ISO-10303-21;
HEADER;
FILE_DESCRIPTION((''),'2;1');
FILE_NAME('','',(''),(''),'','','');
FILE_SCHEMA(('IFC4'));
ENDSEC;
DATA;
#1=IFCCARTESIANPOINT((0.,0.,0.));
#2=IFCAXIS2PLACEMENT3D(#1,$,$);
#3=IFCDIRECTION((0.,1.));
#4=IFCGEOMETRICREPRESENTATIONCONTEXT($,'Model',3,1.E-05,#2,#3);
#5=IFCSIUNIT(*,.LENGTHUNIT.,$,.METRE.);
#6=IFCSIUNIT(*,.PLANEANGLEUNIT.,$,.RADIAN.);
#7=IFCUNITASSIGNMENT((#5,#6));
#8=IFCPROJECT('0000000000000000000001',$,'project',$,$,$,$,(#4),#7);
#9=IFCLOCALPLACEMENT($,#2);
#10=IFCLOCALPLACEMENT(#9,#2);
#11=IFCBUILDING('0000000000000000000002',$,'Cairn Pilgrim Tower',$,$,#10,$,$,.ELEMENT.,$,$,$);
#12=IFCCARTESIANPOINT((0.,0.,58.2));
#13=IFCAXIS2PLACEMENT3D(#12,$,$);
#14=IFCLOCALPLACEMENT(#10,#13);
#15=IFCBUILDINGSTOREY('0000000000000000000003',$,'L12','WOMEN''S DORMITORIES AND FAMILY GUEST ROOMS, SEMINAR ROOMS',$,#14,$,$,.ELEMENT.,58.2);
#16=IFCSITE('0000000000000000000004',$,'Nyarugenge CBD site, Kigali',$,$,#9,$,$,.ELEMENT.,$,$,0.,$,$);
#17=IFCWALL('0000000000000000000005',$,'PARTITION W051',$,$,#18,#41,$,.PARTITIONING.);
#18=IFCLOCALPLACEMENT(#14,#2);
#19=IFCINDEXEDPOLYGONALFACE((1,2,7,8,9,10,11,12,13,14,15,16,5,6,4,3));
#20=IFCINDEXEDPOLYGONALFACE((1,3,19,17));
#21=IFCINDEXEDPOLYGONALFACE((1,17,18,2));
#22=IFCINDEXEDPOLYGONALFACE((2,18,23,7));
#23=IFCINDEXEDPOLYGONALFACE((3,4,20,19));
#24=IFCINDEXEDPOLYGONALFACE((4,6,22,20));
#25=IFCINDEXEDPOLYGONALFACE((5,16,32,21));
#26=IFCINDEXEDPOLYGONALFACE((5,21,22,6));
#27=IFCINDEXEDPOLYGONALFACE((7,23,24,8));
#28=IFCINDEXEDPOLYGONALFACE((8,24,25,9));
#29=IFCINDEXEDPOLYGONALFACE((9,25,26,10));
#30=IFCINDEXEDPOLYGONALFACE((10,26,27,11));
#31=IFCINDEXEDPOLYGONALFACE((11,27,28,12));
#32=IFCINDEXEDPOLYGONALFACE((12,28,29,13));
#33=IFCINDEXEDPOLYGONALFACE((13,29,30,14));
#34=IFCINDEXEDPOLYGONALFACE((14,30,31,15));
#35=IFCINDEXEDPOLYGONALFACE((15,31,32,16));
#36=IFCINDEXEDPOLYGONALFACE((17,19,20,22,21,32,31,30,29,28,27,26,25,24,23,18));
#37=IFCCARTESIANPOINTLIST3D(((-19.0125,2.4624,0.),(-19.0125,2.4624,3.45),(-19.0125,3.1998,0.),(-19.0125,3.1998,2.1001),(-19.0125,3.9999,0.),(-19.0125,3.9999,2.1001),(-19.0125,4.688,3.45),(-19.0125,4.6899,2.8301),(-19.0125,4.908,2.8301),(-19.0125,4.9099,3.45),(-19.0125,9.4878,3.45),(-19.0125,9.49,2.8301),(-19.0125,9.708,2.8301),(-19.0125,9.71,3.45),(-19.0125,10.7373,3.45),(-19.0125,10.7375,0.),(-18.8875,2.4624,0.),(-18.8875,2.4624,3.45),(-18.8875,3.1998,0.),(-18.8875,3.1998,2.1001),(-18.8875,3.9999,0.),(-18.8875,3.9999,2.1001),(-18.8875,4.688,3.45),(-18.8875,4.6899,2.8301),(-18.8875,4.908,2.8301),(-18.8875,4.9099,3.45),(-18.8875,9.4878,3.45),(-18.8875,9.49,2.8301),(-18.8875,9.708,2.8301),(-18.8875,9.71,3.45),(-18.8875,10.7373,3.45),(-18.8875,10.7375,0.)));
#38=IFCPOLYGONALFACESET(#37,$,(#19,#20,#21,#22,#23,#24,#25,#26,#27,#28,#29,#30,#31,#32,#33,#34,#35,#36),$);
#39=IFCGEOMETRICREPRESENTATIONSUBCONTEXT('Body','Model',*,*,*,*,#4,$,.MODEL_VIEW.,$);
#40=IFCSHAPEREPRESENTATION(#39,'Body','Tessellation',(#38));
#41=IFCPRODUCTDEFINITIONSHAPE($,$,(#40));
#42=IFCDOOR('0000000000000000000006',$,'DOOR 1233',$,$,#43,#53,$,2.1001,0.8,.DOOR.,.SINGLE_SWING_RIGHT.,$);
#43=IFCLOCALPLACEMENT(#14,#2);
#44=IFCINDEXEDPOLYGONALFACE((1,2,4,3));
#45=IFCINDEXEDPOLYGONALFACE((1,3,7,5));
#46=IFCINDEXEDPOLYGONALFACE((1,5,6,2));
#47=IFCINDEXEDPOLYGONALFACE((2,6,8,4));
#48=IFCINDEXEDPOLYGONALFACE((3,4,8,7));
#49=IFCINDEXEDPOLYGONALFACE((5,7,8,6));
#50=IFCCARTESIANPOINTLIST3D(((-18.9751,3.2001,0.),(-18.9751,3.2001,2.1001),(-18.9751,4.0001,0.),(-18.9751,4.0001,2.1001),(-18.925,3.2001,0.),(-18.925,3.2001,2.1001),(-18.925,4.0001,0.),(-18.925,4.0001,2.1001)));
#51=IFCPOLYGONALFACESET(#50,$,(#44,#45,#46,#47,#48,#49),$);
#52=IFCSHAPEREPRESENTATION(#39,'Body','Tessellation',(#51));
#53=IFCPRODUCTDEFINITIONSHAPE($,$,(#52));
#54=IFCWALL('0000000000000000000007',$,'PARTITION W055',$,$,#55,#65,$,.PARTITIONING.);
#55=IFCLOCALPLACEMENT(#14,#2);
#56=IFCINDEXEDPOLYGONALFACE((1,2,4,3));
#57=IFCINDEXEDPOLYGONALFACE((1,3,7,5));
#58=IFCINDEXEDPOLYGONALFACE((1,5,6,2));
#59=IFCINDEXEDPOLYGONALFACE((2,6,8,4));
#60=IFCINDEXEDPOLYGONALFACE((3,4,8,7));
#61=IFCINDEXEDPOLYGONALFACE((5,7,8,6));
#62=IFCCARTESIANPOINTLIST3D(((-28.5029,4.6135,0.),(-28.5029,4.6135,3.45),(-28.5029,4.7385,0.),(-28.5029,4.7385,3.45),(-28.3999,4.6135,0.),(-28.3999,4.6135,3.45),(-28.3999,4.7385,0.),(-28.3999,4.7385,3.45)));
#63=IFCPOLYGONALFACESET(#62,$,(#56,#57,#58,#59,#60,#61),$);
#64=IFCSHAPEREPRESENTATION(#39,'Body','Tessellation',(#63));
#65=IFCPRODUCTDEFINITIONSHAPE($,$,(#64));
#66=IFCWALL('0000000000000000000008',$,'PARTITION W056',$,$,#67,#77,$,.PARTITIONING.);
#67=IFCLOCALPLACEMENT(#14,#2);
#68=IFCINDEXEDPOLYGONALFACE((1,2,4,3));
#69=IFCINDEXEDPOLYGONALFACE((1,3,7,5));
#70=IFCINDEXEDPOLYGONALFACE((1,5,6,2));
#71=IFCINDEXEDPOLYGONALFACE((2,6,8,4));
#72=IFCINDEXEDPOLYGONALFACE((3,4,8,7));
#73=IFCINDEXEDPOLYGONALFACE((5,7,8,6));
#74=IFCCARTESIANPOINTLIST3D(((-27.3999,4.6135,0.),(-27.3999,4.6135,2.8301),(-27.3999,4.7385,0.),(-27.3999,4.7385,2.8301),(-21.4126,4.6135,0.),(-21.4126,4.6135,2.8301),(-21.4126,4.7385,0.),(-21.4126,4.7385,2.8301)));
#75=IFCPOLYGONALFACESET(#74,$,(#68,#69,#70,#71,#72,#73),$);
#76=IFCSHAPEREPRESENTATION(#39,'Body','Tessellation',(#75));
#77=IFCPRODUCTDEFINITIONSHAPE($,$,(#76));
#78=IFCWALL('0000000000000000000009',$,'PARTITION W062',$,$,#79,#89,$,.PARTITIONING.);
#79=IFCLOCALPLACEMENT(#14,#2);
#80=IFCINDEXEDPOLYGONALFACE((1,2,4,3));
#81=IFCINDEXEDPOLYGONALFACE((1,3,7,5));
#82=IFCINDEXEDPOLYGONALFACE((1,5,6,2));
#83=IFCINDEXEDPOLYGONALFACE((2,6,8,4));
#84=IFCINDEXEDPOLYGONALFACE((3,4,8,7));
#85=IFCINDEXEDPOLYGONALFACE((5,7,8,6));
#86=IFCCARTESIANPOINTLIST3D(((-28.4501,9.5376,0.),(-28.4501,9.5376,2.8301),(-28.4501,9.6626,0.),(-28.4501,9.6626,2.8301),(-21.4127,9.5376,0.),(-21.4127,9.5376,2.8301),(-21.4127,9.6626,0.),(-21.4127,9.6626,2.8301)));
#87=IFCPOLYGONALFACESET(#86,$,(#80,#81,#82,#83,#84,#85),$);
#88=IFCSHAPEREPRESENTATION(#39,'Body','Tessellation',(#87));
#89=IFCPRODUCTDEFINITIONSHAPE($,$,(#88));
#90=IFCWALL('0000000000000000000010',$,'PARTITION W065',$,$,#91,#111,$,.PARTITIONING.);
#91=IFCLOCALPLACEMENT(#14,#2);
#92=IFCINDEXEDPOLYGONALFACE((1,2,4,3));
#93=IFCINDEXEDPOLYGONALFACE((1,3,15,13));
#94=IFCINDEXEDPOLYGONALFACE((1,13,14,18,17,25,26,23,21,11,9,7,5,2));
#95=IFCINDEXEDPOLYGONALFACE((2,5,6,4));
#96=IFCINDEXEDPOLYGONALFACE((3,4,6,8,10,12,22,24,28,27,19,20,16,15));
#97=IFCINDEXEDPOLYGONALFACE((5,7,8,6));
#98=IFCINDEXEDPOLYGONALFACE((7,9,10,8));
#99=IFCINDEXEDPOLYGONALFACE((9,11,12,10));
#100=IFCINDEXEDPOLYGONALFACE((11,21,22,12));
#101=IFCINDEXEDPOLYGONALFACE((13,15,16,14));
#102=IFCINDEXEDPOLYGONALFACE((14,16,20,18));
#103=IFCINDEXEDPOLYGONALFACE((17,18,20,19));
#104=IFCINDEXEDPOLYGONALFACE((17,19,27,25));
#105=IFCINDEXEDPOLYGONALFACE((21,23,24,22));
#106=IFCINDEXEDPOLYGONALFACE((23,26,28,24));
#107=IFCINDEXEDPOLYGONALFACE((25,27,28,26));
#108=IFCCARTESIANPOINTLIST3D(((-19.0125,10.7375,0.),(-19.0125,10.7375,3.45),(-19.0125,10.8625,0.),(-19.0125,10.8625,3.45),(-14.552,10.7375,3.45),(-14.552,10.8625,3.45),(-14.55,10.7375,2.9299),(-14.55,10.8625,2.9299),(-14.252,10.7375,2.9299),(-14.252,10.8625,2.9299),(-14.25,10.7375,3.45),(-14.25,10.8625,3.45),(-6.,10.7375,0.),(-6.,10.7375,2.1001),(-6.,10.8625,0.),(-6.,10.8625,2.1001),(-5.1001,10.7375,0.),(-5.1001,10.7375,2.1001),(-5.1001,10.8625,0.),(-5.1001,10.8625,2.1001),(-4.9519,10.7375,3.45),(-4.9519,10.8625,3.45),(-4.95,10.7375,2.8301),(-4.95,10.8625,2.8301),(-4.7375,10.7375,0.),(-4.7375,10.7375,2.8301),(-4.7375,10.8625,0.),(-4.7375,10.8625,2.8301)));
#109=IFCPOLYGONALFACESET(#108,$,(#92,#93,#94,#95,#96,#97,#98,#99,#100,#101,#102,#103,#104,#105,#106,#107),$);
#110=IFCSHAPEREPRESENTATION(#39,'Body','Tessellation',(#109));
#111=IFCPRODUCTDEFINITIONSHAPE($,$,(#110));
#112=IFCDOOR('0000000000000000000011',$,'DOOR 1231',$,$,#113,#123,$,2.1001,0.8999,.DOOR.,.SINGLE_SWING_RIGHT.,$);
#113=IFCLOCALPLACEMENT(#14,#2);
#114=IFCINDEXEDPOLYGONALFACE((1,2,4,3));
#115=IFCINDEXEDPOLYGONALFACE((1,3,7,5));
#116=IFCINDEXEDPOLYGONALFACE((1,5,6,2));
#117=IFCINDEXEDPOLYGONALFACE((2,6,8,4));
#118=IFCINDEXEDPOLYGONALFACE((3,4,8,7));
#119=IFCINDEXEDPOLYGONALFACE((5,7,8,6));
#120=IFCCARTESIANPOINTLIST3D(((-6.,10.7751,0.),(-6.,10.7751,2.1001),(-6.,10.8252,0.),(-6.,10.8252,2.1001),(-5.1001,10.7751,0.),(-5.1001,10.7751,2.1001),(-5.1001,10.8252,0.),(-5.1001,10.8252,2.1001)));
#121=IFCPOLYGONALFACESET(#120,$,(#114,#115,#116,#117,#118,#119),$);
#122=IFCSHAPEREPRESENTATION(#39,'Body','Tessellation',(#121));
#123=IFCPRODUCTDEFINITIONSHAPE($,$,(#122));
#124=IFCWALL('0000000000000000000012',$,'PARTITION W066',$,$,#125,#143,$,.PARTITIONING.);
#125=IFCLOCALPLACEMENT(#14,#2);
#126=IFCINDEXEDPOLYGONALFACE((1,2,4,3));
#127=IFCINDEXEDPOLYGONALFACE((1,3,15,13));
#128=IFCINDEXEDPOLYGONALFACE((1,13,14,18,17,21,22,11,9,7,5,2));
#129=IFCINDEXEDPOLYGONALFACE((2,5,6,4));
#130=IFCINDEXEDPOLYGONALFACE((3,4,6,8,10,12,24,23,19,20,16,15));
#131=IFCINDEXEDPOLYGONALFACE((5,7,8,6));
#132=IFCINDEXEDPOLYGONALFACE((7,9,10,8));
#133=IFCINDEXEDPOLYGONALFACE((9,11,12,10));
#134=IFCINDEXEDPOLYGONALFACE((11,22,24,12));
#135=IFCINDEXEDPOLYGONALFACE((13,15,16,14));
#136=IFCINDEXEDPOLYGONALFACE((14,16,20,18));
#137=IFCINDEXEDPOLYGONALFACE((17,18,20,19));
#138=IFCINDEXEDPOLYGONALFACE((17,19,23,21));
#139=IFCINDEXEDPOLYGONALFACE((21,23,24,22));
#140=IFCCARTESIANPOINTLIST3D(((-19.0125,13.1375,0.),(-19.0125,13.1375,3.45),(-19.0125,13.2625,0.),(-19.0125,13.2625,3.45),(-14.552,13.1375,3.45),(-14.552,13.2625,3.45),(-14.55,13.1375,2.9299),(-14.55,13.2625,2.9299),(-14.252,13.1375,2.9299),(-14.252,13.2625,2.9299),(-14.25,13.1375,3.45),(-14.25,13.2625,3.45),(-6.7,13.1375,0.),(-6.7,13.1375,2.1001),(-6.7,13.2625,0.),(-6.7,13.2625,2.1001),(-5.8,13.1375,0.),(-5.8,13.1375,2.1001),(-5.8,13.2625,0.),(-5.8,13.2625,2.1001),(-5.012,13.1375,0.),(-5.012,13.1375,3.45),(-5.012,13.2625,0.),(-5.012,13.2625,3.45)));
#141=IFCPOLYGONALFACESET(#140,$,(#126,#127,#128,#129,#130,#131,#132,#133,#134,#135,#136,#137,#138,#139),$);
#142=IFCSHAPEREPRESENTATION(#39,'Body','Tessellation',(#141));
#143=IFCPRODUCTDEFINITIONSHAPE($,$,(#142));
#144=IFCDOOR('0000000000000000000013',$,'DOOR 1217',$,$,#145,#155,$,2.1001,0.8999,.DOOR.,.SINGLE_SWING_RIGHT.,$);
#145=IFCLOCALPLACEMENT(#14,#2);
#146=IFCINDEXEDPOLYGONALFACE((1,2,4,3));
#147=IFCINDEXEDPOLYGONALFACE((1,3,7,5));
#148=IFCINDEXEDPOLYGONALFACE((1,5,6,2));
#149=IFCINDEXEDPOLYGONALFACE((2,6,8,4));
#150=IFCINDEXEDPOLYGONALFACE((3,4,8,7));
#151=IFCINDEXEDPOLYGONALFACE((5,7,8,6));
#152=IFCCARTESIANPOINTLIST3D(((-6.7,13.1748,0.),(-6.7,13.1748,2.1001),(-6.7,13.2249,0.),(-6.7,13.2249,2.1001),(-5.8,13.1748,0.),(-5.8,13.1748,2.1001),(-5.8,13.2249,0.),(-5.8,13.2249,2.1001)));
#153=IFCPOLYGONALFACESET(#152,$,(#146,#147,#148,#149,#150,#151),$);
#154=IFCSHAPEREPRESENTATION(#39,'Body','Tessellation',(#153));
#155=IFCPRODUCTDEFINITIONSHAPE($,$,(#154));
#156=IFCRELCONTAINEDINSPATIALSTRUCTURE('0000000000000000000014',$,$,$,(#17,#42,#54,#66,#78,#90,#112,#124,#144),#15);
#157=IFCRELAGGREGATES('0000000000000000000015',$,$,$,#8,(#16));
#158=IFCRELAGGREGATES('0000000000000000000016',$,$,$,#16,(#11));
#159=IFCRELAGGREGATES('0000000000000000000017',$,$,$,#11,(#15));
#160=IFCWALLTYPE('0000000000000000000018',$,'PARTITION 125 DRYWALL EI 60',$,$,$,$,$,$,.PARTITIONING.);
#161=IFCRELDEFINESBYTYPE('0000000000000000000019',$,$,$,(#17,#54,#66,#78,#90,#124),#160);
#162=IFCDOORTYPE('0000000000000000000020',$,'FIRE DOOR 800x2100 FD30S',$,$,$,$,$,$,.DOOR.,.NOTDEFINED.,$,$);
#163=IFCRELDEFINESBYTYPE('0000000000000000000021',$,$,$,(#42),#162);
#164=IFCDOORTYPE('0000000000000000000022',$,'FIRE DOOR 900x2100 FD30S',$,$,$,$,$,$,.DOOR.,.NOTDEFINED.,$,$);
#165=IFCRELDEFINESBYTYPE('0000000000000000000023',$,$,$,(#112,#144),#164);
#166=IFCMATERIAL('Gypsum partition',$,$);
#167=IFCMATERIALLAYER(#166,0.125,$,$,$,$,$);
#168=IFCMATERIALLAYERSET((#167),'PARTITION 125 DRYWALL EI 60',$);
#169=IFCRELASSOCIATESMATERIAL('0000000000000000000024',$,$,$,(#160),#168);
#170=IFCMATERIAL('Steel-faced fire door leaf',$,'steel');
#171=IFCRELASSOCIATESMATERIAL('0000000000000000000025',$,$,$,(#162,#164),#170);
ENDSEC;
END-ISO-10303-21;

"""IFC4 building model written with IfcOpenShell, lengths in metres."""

from ifc_helpers import new_model, si_unit, direction, frame, frame_2d, origin, place, context, subcontext, project, spatial, polyline, rectangle, outline, extrude, material, layer, layer_set, type_object, element, fill, save


model = new_model("IFC4")

# Units and contexts
model_context = context("Model", 3, precision=1e-05, world=origin(), true_north=direction((0.0, 1.0)))
body_context = subcontext(model_context, "Body", "Model", "MODEL_VIEW")
ifc_project = project(units=[si_unit("LENGTHUNIT", "METRE"), si_unit("PLANEANGLEUNIT", "RADIAN")], contexts=[model_context])

# Site, building, storey
site_placement = place(None, origin())
site = spatial("IfcSite", under=ifc_project, at=site_placement, Name="Nyarugenge CBD site, Kigali", CompositionType="ELEMENT", RefElevation=0.0)
building_placement = place(site_placement, origin())
building = spatial("IfcBuilding", under=site, at=building_placement, Name="Cairn Pilgrim Tower", CompositionType="ELEMENT")
storey_placement = place(building_placement, frame((0.0, 0.0, 58.2)))
storey = spatial("IfcBuildingStorey", under=building, at=storey_placement, Name="L12", Description="WOMEN'S DORMITORIES AND FAMILY GUEST ROOMS, SEMINAR ROOMS", CompositionType="ELEMENT", Elevation=58.2)

# Shared definitions
ifc_material_1 = material(Name="Gypsum partition")
ifc_layer_1 = layer(ifc_material_1, 0.125)
ifc_layer_set_1 = layer_set([ifc_layer_1], Name="PARTITION 125 DRYWALL EI 60")
wall_type_1 = type_object("IfcWallType", Name="PARTITION 125 DRYWALL EI 60", PredefinedType="PARTITIONING", material=ifc_layer_set_1)

# Wall, opening, door
ifc_material_2 = material(Name="Steel-faced fire door leaf", Category="steel")
door_type_1 = type_object("IfcDoorType", Name="FIRE DOOR 800x2100 FD30S", OperationType="NOTDEFINED", PredefinedType="DOOR", material=ifc_material_2)
wall_1_placement = place(storey_placement, frame((-18.95, 2.4624, 0.0), z_axis=(0.0, 0.0, 1.0), x_axis=(0.0, 1.0, 0.0)))
wall_1 = element("IfcWall", 1, at=wall_1_placement, inside=storey, type_object=wall_type_1, Name="PARTITION W051", PredefinedType="PARTITIONING", context=body_context, shape_type="SweptSolid", body=[
    extrude(outline(polyline([(0.0, 0.0), (8.2751, 0.0), (8.2749, 3.45), (7.2476, 3.45), (7.2456, 2.8301), (7.0276, 2.8301), (7.0254, 3.45), (2.4475, 3.45), (2.4456, 2.8301), (2.2275, 2.8301), (2.2256, 3.45), (0.0, 3.45), (0.0, 0.0)])), frame((0.0, 0.0625, 0.0), z_axis=(0.0, -1.0, 0.0), x_axis=(1.0, 0.0, 0.0)), (0.0, 0.0, 1.0), 0.125),
])
opening_1_placement = place(wall_1_placement, frame((0.7375, 0.0, 0.0)))
opening_1 = element("IfcOpeningElement", 2, at=opening_1_placement, cuts=wall_1, PredefinedType="OPENING", context=body_context, shape_type="SweptSolid", body=[
    extrude(rectangle(XDim=0.8, YDim=2.1001, at=frame_2d((0.3999, 1.05))), frame((0.0, 0.0725, 0.0), z_axis=(0.0, -1.0, 0.0), x_axis=(1.0, 0.0, 0.0)), (0.0, 0.0, 1.0), 0.145),
])
door_1_placement = place(opening_1_placement, frame((0.8, 0.0, 0.0), z_axis=(0.0, 0.0, 1.0), x_axis=(-1.0, 0.0, 0.0)))
door_1 = element("IfcDoor", 3, at=door_1_placement, inside=storey, type_object=door_type_1, Name="DOOR 1233", OperationType="SINGLE_SWING_RIGHT", OverallHeight=2.1001, OverallWidth=0.8, PredefinedType="DOOR", context=body_context, shape_type="SweptSolid", body=[
    extrude(rectangle(XDim=0.8, YDim=2.1001, at=frame_2d((0.3999, 1.05))), frame((0.0, 0.0249, 0.0), z_axis=(0.0, -1.0, 0.0), x_axis=(1.0, 0.0, 0.0)), (0.0, 0.0, 1.0), 0.05),
])
fill(opening_1, door_1)

# Walls
wall_2_placement = place(storey_placement, frame((-28.5029, 4.676, 0.0), z_axis=(0.0, 0.0, 1.0), x_axis=(1.0, 0.0, 0.0)))
element("IfcWall", 4, at=wall_2_placement, inside=storey, type_object=wall_type_1, Name="PARTITION W055", PredefinedType="PARTITIONING", context=body_context, shape_type="SweptSolid", body=[
    extrude(rectangle(XDim=0.103, YDim=0.125, at=frame_2d((0.0515, 0.0))), origin(), (0.0, 0.0, 1.0), 3.45),
])
wall_3_placement = place(storey_placement, frame((-27.3999, 4.676, 0.0), z_axis=(0.0, 0.0, 1.0), x_axis=(1.0, 0.0, 0.0)))
element("IfcWall", 5, at=wall_3_placement, inside=storey, type_object=wall_type_1, Name="PARTITION W056", PredefinedType="PARTITIONING", context=body_context, shape_type="SweptSolid", body=[
    extrude(rectangle(XDim=5.9873, YDim=0.125, at=frame_2d((2.9937, 0.0))), origin(), (0.0, 0.0, 1.0), 2.8301),
])
wall_4_placement = place(storey_placement, frame((-28.45, 9.6001, 0.0), z_axis=(0.0, 0.0, 1.0), x_axis=(1.0, 0.0, 0.0)))
element("IfcWall", 6, at=wall_4_placement, inside=storey, type_object=wall_type_1, Name="PARTITION W062", PredefinedType="PARTITIONING", context=body_context, shape_type="SweptSolid", body=[
    extrude(rectangle(XDim=7.0374, YDim=0.125, at=frame_2d((3.5186, 0.0))), origin(), (0.0, 0.0, 1.0), 2.8301),
])

# Walls, openings, doors
wall_5_placement = place(storey_placement, frame((-19.0125, 10.8, 0.0), z_axis=(0.0, 0.0, 1.0), x_axis=(1.0, 0.0, 0.0)))
wall_5 = element("IfcWall", 7, at=wall_5_placement, inside=storey, type_object=wall_type_1, Name="PARTITION W065", PredefinedType="PARTITIONING", context=body_context, shape_type="SweptSolid", body=[
    extrude(outline(polyline([(0.0, 0.0), (14.2749, 0.0), (14.2749, 2.8301), (14.0625, 2.8301), (14.0605, 3.45), (4.7625, 3.45), (4.7605, 2.9299), (4.4624, 2.9299), (4.4604, 3.45), (0.0, 3.45), (0.0, 0.0)])), frame((0.0, 0.0625, 0.0), z_axis=(0.0, -1.0, 0.0), x_axis=(1.0, 0.0, 0.0)), (0.0, 0.0, 1.0), 0.125),
])
opening_2_placement = place(wall_5_placement, frame((13.0125, 0.0, 0.0)))
opening_2 = element("IfcOpeningElement", 8, at=opening_2_placement, cuts=wall_5, PredefinedType="OPENING", context=body_context, shape_type="SweptSolid", body=[
    extrude(rectangle(XDim=0.8999, YDim=2.1001, at=frame_2d((0.45, 1.05))), frame((0.0, 0.0725, 0.0), z_axis=(0.0, -1.0, 0.0), x_axis=(1.0, 0.0, 0.0)), (0.0, 0.0, 1.0), 0.145),
])
door_type_2 = type_object("IfcDoorType", Name="FIRE DOOR 900x2100 FD30S", OperationType="NOTDEFINED", PredefinedType="DOOR", material=ifc_material_2)
door_2_placement = place(opening_2_placement, frame((0.8999, 0.0, 0.0), z_axis=(0.0, 0.0, 1.0), x_axis=(-1.0, 0.0, 0.0)))
door_2 = element("IfcDoor", 9, at=door_2_placement, inside=storey, type_object=door_type_2, Name="DOOR 1231", OperationType="SINGLE_SWING_RIGHT", OverallHeight=2.1001, OverallWidth=0.8999, PredefinedType="DOOR", context=body_context, shape_type="SweptSolid", body=[
    extrude(rectangle(XDim=0.8999, YDim=2.1001, at=frame_2d((0.45, 1.05))), frame((0.0, 0.0249, 0.0), z_axis=(0.0, -1.0, 0.0), x_axis=(1.0, 0.0, 0.0)), (0.0, 0.0, 1.0), 0.05),
])
fill(opening_2, door_2)
wall_6_placement = place(storey_placement, frame((-19.0125, 13.2, 0.0), z_axis=(0.0, 0.0, 1.0), x_axis=(1.0, 0.0, 0.0)))
wall_6 = element("IfcWall", 10, at=wall_6_placement, inside=storey, type_object=wall_type_1, Name="PARTITION W066", PredefinedType="PARTITIONING", context=body_context, shape_type="SweptSolid", body=[
    extrude(outline(polyline([(0.0, 0.0), (14.0005, 0.0), (14.0005, 3.45), (4.7625, 3.45), (4.7605, 2.9299), (4.4624, 2.9299), (4.4604, 3.45), (0.0, 3.45), (0.0, 0.0)])), frame((0.0, 0.0625, 0.0), z_axis=(0.0, -1.0, 0.0), x_axis=(1.0, 0.0, 0.0)), (0.0, 0.0, 1.0), 0.125),
])
opening_3_placement = place(wall_6_placement, frame((12.3125, 0.0, 0.0)))
opening_3 = element("IfcOpeningElement", 11, at=opening_3_placement, cuts=wall_6, PredefinedType="OPENING", context=body_context, shape_type="SweptSolid", body=[
    extrude(rectangle(XDim=0.8999, YDim=2.1001, at=frame_2d((0.45, 1.05))), frame((0.0, 0.0725, 0.0), z_axis=(0.0, -1.0, 0.0), x_axis=(1.0, 0.0, 0.0)), (0.0, 0.0, 1.0), 0.145),
])
door_3_placement = place(opening_3_placement, origin())
door_3 = element("IfcDoor", 12, at=door_3_placement, inside=storey, type_object=door_type_2, Name="DOOR 1217", OperationType="SINGLE_SWING_RIGHT", OverallHeight=2.1001, OverallWidth=0.8999, PredefinedType="DOOR", context=body_context, shape_type="SweptSolid", body=[
    extrude(rectangle(XDim=0.8999, YDim=2.1001, at=frame_2d((0.45, 1.05))), frame((0.0, 0.0249, 0.0), z_axis=(0.0, -1.0, 0.0), x_axis=(1.0, 0.0, 0.0)), (0.0, 0.0, 1.0), 0.05),
])
fill(opening_3, door_3)

save(model, "model.ifc")
